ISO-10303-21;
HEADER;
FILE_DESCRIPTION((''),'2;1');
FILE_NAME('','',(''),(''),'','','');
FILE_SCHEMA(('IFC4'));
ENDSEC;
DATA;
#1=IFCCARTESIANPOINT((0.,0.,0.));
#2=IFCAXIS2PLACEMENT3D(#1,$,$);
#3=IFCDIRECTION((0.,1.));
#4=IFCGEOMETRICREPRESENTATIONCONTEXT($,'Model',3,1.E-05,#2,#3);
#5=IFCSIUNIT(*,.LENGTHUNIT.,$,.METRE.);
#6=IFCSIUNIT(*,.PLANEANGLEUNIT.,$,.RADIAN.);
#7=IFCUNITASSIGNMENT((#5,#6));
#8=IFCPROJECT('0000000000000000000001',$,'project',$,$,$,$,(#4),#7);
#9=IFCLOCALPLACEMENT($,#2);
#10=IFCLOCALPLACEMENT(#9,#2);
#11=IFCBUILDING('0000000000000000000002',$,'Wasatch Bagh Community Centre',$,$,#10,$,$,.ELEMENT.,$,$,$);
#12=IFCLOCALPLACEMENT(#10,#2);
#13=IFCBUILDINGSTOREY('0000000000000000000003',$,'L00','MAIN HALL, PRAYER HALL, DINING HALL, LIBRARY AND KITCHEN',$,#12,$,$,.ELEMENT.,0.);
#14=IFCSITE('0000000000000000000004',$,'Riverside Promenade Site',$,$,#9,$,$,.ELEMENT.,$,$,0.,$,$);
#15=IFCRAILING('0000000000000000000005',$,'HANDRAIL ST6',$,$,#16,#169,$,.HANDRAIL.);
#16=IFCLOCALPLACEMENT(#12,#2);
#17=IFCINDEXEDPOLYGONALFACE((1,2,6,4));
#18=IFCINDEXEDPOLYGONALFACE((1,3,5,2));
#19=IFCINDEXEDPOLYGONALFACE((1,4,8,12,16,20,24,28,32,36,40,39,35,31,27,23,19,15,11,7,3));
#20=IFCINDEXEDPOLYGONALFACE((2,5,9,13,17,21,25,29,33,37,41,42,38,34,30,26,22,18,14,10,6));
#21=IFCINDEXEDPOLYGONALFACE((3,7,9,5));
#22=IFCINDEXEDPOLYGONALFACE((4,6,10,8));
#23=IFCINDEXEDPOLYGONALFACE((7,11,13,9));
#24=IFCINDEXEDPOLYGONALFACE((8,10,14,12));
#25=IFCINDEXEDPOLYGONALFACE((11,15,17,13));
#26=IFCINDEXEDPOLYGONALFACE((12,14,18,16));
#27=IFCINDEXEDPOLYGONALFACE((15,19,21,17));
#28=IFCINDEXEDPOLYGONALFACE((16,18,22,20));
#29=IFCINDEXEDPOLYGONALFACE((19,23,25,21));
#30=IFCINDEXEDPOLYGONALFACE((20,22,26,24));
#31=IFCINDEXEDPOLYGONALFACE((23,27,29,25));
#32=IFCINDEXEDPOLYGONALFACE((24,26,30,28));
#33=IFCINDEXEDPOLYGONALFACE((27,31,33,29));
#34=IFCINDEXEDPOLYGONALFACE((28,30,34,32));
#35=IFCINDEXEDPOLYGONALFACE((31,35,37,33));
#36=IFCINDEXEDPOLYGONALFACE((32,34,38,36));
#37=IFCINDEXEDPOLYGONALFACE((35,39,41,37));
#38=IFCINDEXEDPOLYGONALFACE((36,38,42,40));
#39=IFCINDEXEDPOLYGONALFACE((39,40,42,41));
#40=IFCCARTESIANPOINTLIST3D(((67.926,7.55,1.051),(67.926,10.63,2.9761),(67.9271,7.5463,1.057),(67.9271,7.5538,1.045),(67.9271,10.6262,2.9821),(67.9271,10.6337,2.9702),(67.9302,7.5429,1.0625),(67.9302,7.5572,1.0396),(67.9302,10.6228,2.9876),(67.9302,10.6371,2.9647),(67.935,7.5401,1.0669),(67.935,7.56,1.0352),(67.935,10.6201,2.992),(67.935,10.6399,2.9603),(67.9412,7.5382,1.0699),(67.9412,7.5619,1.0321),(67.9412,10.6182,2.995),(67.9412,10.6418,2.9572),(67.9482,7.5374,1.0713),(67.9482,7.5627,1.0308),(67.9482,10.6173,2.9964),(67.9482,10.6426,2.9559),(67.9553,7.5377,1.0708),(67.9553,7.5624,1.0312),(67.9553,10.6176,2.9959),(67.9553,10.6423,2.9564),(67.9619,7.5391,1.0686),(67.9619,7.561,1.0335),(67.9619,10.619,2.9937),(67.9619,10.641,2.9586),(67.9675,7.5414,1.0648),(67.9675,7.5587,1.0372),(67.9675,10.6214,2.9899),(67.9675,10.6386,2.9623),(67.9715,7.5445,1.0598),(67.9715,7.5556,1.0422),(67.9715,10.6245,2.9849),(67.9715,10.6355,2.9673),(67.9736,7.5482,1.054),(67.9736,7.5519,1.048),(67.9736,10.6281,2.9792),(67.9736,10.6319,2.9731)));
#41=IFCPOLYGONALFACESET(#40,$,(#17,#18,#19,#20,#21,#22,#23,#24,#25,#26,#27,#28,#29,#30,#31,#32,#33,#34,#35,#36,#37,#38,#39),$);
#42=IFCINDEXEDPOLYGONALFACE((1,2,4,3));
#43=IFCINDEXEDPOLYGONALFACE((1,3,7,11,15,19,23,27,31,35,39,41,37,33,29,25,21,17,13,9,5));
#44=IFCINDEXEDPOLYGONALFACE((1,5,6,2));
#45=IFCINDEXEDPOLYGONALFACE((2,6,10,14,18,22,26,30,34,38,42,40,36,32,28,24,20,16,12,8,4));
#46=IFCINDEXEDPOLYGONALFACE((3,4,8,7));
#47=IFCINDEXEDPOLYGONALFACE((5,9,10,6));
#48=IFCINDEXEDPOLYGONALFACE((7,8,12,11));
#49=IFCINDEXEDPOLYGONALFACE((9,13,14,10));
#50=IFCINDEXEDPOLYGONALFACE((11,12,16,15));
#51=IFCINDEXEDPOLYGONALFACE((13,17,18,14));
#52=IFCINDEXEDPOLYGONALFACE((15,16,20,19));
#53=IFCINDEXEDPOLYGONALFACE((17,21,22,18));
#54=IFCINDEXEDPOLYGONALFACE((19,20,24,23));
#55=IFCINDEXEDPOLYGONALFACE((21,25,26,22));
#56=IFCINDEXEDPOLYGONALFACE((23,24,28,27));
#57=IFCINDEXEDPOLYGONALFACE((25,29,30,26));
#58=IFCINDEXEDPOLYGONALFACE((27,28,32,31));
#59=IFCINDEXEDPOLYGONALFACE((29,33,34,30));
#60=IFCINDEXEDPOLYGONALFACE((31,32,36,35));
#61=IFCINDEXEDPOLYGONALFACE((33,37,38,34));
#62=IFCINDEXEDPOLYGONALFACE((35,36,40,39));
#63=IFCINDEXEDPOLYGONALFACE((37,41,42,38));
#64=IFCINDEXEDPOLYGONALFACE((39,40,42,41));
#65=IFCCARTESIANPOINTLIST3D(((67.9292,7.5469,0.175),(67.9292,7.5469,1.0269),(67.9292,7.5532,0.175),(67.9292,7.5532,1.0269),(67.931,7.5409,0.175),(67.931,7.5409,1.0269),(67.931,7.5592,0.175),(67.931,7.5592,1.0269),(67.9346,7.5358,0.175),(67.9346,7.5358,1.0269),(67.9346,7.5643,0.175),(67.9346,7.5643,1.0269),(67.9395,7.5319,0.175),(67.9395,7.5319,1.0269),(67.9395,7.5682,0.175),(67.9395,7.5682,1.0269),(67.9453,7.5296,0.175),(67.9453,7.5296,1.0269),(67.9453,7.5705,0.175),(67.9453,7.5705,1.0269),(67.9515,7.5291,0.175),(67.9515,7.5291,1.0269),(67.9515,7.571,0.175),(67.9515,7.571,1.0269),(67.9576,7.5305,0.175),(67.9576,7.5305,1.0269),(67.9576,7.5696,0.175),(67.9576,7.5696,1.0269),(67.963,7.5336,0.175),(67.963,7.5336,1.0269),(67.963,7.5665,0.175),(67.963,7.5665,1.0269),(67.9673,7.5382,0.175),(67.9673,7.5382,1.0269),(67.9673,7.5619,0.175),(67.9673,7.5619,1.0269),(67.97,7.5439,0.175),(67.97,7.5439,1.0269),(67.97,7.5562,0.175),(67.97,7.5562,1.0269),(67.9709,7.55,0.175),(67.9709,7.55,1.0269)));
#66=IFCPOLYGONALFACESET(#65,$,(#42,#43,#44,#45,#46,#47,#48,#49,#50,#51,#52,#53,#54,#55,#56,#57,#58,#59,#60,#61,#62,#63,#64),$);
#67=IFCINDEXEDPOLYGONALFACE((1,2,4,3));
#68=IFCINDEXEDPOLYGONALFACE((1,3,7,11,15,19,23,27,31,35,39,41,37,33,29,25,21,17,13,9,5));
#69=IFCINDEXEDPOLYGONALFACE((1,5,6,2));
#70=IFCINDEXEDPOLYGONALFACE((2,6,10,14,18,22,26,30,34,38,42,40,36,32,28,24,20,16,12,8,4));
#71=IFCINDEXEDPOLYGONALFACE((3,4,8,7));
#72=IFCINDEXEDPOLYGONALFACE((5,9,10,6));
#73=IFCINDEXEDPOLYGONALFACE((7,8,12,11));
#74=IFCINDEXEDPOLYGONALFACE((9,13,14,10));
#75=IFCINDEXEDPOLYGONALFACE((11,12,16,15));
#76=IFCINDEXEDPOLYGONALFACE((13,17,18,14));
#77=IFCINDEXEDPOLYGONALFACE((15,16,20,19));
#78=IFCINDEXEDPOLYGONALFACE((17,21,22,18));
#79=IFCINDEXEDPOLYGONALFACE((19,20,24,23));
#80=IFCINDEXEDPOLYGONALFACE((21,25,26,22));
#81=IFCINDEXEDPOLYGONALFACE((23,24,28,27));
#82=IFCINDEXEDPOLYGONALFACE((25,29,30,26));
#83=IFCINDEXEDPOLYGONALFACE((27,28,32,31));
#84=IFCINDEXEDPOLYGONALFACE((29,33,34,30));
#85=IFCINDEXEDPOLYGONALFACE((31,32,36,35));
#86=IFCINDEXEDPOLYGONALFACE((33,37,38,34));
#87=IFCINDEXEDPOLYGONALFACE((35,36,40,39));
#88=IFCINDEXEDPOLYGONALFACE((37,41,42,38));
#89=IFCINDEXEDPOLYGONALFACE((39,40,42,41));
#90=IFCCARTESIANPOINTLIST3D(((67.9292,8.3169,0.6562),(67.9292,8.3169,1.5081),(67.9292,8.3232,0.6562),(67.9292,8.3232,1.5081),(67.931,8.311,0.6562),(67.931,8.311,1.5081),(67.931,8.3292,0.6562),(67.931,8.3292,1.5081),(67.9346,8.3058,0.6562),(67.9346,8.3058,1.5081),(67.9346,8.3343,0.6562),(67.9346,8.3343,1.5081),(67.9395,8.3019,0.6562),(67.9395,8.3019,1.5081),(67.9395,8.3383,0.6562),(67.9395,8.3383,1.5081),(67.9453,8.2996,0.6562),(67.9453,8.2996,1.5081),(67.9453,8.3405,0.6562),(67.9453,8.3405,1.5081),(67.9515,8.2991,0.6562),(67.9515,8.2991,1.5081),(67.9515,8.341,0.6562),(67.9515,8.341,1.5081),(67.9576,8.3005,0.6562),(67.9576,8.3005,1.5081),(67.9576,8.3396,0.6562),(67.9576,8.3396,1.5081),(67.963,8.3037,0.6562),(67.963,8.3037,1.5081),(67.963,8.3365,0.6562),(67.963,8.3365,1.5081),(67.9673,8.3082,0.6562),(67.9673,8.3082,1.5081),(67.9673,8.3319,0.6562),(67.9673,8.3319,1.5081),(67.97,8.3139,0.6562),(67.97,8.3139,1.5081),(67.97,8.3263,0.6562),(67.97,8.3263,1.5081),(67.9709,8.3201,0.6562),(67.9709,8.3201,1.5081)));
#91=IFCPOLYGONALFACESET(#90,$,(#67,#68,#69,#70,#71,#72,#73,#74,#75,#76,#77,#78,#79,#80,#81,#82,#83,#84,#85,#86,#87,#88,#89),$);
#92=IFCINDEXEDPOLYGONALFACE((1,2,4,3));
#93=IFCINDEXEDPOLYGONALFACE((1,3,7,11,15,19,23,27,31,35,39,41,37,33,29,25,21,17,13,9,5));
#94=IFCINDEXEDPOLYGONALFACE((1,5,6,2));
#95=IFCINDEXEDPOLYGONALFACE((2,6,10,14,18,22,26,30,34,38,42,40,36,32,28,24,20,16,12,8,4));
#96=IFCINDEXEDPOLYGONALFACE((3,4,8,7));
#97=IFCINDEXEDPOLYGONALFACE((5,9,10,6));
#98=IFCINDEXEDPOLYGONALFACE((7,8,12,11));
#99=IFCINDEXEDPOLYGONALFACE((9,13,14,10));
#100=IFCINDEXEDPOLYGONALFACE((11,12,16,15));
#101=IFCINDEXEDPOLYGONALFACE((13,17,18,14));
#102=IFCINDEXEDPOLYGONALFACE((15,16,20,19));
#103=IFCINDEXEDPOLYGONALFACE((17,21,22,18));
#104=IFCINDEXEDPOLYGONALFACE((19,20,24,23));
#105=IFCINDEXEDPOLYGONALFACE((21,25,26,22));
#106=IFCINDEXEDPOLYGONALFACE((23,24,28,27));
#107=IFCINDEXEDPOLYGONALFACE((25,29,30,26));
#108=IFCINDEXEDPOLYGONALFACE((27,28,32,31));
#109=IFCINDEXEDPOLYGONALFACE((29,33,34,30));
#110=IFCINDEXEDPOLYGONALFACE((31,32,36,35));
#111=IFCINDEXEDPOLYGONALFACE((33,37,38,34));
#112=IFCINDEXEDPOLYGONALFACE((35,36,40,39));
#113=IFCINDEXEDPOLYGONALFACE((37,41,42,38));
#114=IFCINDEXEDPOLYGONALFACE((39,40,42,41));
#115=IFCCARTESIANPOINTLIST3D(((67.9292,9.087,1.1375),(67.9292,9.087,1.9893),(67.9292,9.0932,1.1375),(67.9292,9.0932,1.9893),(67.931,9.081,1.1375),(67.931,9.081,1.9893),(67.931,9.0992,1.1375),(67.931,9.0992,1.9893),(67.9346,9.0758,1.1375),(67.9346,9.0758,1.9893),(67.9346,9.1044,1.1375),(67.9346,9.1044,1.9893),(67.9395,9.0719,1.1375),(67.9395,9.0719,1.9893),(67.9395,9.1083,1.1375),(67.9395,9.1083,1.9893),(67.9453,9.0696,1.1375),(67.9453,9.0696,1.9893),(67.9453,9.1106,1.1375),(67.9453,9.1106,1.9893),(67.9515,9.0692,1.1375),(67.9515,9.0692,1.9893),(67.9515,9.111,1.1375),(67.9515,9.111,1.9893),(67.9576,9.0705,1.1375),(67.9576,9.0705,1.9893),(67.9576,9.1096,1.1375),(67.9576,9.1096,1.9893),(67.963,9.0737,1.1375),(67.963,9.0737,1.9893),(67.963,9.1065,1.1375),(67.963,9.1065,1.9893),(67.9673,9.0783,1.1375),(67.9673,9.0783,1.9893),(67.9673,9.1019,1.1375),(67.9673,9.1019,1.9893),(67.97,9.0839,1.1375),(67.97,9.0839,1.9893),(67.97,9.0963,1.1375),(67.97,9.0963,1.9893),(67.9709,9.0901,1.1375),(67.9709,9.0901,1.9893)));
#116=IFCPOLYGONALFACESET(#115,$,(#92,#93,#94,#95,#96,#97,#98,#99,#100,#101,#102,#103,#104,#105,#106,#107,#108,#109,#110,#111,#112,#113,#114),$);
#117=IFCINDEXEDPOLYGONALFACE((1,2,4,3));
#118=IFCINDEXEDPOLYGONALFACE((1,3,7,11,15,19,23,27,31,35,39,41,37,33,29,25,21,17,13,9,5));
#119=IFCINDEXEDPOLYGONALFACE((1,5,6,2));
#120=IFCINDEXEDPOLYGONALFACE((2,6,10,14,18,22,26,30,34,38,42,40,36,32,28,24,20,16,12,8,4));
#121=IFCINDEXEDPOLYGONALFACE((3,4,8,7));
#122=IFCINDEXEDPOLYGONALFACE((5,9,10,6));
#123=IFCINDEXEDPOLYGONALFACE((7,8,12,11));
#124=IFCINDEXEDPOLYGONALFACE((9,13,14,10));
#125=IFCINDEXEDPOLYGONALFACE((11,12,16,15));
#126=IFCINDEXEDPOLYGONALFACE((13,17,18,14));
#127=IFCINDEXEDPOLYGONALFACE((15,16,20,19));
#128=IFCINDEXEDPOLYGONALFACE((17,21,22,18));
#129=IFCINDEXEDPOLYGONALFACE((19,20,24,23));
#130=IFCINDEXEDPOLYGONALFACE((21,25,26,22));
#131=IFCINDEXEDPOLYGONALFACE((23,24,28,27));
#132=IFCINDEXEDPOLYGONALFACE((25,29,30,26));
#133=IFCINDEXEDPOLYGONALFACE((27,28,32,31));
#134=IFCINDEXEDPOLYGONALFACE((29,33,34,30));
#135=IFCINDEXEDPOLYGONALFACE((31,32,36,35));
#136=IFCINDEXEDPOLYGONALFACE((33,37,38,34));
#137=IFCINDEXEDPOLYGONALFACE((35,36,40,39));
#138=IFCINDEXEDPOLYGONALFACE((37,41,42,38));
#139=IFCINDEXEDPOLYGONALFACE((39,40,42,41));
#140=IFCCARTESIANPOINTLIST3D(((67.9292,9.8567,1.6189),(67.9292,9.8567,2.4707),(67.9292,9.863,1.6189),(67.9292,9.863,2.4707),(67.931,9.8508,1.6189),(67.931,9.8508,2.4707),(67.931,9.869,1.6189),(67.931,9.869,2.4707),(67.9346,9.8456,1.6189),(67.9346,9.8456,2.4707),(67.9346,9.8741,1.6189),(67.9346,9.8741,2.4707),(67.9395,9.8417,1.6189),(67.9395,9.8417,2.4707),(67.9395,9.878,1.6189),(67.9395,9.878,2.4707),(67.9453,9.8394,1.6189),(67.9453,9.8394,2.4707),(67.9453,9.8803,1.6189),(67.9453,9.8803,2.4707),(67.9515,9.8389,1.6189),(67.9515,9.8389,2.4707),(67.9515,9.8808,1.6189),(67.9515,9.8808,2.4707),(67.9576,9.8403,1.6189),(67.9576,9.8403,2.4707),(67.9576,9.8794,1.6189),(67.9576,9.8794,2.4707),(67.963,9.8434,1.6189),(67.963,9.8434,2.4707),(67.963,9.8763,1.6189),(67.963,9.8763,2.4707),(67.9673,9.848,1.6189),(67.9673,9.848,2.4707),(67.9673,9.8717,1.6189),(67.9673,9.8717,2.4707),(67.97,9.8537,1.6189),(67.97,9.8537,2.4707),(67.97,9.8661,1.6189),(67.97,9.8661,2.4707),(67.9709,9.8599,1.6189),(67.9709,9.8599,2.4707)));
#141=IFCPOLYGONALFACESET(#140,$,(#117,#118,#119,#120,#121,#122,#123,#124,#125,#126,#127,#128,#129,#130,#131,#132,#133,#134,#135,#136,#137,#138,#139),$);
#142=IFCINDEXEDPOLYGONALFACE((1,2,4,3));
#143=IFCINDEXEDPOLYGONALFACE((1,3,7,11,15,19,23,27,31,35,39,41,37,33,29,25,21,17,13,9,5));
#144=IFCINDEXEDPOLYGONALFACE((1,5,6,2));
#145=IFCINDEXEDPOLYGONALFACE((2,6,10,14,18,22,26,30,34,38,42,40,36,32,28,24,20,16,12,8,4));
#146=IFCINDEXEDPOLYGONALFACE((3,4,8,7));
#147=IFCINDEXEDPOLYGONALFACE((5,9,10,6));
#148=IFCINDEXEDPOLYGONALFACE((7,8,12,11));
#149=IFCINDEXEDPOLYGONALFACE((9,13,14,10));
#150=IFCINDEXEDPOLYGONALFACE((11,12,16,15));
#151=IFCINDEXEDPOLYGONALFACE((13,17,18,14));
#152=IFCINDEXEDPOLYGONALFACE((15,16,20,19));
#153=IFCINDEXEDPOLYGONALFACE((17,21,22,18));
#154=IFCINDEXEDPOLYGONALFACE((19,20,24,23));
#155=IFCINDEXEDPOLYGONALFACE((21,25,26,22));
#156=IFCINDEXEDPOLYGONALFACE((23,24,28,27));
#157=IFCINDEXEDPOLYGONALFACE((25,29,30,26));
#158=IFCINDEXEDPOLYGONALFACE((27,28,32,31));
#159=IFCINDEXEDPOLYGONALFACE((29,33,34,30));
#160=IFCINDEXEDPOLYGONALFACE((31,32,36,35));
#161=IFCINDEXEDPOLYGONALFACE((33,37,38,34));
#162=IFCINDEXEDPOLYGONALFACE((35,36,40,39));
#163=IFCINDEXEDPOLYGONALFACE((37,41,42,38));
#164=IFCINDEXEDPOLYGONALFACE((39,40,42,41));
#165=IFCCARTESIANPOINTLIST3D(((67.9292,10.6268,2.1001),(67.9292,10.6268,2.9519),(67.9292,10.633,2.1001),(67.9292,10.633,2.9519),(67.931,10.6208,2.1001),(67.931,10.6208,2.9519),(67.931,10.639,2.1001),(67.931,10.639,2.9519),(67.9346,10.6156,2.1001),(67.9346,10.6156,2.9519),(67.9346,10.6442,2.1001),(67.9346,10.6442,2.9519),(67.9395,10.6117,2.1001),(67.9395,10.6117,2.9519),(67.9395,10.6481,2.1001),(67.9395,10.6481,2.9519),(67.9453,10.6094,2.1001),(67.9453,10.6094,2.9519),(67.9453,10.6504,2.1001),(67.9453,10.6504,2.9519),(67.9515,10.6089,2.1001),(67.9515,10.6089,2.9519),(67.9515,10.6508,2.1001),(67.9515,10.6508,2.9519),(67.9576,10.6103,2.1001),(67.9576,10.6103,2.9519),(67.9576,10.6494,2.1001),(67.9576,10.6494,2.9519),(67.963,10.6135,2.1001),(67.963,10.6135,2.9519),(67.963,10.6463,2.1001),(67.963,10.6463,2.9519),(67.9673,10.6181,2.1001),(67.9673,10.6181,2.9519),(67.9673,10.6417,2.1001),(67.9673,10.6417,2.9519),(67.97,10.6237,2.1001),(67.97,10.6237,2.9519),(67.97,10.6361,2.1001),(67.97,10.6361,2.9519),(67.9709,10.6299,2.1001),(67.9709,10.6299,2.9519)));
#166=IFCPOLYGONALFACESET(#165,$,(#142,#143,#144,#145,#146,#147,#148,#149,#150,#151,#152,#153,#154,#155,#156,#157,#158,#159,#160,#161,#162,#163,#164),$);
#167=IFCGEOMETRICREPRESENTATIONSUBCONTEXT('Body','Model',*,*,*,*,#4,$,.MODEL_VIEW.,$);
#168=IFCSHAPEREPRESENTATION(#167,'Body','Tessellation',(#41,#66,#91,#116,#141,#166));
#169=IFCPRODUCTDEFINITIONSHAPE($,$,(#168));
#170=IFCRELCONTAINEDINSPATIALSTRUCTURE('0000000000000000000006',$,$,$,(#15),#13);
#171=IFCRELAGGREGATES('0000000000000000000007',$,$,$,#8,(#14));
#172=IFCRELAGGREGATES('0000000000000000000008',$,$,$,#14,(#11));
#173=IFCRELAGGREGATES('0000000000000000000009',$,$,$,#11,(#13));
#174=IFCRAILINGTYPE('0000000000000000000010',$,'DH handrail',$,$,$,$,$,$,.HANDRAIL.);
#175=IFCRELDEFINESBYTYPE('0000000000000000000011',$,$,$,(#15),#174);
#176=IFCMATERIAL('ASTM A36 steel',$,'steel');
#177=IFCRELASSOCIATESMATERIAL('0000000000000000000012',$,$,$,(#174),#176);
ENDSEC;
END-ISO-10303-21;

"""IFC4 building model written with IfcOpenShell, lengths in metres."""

from ifc_helpers import new_model, si_unit, direction, frame, origin, origin_2d, place, context, subcontext, project, spatial, circle, extrude, material, type_object, element, save


model = new_model("IFC4")

# Units and contexts
model_context = context("Model", 3, precision=1e-05, world=origin(), true_north=direction((0.0, 1.0)))
body_context = subcontext(model_context, "Body", "Model", "MODEL_VIEW")
ifc_project = project(units=[si_unit("LENGTHUNIT", "METRE"), si_unit("PLANEANGLEUNIT", "RADIAN")], contexts=[model_context])

# Site, building, storey
site_placement = place(None, origin())
site = spatial("IfcSite", under=ifc_project, at=site_placement, Name="Riverside Promenade Site", CompositionType="ELEMENT", RefElevation=0.0)
building_placement = place(site_placement, origin())
building = spatial("IfcBuilding", under=site, at=building_placement, Name="Wasatch Bagh Community Centre", CompositionType="ELEMENT")
storey_placement = place(building_placement, origin())
storey = spatial("IfcBuildingStorey", under=building, at=storey_placement, Name="L00", Description="MAIN HALL, PRAYER HALL, DINING HALL, LIBRARY AND KITCHEN", CompositionType="ELEMENT", Elevation=0.0)

# Railing
ifc_material_1 = material(Name="ASTM A36 steel", Category="steel")
railing_type_1 = type_object("IfcRailingType", Name="DH handrail", PredefinedType="HANDRAIL", material=ifc_material_1)
for number, where, name in (
    (1, (67.95, 7.55, 0.175), "HANDRAIL ST6"),
):
    element("IfcRailing", number, at=place(storey_placement, frame(where)), inside=storey, type_object=railing_type_1, Name=name, PredefinedType="HANDRAIL", context=body_context, shape_type="SweptSolid", body=[
        extrude(circle(Radius=0.0239, at=origin_2d()), frame((0.0, 0.0, 0.876), z_axis=(0.0, 0.847979, 0.530029), x_axis=(-1.0, 0.0, 0.0)), (0.0, 0.0, 1.0), 3.6321),
        extrude(circle(Radius=0.021, at=origin_2d()), origin(), (0.0, 0.0, 1.0), 0.8518),
        extrude(circle(Radius=0.021, at=origin_2d()), frame((0.0, 0.77, 0.4812)), (0.0, 0.0, 1.0), 0.8518),
        extrude(circle(Radius=0.021, at=origin_2d()), frame((0.0, 1.54, 0.9624)), (0.0, 0.0, 1.0), 0.8518),
        extrude(circle(Radius=0.021, at=origin_2d()), frame((0.0, 2.3098, 1.4438)), (0.0, 0.0, 1.0), 0.8518),
        extrude(circle(Radius=0.021, at=origin_2d()), frame((0.0, 3.0798, 1.925)), (0.0, 0.0, 1.0), 0.8518),
    ])

save(model, "model.ifc")
